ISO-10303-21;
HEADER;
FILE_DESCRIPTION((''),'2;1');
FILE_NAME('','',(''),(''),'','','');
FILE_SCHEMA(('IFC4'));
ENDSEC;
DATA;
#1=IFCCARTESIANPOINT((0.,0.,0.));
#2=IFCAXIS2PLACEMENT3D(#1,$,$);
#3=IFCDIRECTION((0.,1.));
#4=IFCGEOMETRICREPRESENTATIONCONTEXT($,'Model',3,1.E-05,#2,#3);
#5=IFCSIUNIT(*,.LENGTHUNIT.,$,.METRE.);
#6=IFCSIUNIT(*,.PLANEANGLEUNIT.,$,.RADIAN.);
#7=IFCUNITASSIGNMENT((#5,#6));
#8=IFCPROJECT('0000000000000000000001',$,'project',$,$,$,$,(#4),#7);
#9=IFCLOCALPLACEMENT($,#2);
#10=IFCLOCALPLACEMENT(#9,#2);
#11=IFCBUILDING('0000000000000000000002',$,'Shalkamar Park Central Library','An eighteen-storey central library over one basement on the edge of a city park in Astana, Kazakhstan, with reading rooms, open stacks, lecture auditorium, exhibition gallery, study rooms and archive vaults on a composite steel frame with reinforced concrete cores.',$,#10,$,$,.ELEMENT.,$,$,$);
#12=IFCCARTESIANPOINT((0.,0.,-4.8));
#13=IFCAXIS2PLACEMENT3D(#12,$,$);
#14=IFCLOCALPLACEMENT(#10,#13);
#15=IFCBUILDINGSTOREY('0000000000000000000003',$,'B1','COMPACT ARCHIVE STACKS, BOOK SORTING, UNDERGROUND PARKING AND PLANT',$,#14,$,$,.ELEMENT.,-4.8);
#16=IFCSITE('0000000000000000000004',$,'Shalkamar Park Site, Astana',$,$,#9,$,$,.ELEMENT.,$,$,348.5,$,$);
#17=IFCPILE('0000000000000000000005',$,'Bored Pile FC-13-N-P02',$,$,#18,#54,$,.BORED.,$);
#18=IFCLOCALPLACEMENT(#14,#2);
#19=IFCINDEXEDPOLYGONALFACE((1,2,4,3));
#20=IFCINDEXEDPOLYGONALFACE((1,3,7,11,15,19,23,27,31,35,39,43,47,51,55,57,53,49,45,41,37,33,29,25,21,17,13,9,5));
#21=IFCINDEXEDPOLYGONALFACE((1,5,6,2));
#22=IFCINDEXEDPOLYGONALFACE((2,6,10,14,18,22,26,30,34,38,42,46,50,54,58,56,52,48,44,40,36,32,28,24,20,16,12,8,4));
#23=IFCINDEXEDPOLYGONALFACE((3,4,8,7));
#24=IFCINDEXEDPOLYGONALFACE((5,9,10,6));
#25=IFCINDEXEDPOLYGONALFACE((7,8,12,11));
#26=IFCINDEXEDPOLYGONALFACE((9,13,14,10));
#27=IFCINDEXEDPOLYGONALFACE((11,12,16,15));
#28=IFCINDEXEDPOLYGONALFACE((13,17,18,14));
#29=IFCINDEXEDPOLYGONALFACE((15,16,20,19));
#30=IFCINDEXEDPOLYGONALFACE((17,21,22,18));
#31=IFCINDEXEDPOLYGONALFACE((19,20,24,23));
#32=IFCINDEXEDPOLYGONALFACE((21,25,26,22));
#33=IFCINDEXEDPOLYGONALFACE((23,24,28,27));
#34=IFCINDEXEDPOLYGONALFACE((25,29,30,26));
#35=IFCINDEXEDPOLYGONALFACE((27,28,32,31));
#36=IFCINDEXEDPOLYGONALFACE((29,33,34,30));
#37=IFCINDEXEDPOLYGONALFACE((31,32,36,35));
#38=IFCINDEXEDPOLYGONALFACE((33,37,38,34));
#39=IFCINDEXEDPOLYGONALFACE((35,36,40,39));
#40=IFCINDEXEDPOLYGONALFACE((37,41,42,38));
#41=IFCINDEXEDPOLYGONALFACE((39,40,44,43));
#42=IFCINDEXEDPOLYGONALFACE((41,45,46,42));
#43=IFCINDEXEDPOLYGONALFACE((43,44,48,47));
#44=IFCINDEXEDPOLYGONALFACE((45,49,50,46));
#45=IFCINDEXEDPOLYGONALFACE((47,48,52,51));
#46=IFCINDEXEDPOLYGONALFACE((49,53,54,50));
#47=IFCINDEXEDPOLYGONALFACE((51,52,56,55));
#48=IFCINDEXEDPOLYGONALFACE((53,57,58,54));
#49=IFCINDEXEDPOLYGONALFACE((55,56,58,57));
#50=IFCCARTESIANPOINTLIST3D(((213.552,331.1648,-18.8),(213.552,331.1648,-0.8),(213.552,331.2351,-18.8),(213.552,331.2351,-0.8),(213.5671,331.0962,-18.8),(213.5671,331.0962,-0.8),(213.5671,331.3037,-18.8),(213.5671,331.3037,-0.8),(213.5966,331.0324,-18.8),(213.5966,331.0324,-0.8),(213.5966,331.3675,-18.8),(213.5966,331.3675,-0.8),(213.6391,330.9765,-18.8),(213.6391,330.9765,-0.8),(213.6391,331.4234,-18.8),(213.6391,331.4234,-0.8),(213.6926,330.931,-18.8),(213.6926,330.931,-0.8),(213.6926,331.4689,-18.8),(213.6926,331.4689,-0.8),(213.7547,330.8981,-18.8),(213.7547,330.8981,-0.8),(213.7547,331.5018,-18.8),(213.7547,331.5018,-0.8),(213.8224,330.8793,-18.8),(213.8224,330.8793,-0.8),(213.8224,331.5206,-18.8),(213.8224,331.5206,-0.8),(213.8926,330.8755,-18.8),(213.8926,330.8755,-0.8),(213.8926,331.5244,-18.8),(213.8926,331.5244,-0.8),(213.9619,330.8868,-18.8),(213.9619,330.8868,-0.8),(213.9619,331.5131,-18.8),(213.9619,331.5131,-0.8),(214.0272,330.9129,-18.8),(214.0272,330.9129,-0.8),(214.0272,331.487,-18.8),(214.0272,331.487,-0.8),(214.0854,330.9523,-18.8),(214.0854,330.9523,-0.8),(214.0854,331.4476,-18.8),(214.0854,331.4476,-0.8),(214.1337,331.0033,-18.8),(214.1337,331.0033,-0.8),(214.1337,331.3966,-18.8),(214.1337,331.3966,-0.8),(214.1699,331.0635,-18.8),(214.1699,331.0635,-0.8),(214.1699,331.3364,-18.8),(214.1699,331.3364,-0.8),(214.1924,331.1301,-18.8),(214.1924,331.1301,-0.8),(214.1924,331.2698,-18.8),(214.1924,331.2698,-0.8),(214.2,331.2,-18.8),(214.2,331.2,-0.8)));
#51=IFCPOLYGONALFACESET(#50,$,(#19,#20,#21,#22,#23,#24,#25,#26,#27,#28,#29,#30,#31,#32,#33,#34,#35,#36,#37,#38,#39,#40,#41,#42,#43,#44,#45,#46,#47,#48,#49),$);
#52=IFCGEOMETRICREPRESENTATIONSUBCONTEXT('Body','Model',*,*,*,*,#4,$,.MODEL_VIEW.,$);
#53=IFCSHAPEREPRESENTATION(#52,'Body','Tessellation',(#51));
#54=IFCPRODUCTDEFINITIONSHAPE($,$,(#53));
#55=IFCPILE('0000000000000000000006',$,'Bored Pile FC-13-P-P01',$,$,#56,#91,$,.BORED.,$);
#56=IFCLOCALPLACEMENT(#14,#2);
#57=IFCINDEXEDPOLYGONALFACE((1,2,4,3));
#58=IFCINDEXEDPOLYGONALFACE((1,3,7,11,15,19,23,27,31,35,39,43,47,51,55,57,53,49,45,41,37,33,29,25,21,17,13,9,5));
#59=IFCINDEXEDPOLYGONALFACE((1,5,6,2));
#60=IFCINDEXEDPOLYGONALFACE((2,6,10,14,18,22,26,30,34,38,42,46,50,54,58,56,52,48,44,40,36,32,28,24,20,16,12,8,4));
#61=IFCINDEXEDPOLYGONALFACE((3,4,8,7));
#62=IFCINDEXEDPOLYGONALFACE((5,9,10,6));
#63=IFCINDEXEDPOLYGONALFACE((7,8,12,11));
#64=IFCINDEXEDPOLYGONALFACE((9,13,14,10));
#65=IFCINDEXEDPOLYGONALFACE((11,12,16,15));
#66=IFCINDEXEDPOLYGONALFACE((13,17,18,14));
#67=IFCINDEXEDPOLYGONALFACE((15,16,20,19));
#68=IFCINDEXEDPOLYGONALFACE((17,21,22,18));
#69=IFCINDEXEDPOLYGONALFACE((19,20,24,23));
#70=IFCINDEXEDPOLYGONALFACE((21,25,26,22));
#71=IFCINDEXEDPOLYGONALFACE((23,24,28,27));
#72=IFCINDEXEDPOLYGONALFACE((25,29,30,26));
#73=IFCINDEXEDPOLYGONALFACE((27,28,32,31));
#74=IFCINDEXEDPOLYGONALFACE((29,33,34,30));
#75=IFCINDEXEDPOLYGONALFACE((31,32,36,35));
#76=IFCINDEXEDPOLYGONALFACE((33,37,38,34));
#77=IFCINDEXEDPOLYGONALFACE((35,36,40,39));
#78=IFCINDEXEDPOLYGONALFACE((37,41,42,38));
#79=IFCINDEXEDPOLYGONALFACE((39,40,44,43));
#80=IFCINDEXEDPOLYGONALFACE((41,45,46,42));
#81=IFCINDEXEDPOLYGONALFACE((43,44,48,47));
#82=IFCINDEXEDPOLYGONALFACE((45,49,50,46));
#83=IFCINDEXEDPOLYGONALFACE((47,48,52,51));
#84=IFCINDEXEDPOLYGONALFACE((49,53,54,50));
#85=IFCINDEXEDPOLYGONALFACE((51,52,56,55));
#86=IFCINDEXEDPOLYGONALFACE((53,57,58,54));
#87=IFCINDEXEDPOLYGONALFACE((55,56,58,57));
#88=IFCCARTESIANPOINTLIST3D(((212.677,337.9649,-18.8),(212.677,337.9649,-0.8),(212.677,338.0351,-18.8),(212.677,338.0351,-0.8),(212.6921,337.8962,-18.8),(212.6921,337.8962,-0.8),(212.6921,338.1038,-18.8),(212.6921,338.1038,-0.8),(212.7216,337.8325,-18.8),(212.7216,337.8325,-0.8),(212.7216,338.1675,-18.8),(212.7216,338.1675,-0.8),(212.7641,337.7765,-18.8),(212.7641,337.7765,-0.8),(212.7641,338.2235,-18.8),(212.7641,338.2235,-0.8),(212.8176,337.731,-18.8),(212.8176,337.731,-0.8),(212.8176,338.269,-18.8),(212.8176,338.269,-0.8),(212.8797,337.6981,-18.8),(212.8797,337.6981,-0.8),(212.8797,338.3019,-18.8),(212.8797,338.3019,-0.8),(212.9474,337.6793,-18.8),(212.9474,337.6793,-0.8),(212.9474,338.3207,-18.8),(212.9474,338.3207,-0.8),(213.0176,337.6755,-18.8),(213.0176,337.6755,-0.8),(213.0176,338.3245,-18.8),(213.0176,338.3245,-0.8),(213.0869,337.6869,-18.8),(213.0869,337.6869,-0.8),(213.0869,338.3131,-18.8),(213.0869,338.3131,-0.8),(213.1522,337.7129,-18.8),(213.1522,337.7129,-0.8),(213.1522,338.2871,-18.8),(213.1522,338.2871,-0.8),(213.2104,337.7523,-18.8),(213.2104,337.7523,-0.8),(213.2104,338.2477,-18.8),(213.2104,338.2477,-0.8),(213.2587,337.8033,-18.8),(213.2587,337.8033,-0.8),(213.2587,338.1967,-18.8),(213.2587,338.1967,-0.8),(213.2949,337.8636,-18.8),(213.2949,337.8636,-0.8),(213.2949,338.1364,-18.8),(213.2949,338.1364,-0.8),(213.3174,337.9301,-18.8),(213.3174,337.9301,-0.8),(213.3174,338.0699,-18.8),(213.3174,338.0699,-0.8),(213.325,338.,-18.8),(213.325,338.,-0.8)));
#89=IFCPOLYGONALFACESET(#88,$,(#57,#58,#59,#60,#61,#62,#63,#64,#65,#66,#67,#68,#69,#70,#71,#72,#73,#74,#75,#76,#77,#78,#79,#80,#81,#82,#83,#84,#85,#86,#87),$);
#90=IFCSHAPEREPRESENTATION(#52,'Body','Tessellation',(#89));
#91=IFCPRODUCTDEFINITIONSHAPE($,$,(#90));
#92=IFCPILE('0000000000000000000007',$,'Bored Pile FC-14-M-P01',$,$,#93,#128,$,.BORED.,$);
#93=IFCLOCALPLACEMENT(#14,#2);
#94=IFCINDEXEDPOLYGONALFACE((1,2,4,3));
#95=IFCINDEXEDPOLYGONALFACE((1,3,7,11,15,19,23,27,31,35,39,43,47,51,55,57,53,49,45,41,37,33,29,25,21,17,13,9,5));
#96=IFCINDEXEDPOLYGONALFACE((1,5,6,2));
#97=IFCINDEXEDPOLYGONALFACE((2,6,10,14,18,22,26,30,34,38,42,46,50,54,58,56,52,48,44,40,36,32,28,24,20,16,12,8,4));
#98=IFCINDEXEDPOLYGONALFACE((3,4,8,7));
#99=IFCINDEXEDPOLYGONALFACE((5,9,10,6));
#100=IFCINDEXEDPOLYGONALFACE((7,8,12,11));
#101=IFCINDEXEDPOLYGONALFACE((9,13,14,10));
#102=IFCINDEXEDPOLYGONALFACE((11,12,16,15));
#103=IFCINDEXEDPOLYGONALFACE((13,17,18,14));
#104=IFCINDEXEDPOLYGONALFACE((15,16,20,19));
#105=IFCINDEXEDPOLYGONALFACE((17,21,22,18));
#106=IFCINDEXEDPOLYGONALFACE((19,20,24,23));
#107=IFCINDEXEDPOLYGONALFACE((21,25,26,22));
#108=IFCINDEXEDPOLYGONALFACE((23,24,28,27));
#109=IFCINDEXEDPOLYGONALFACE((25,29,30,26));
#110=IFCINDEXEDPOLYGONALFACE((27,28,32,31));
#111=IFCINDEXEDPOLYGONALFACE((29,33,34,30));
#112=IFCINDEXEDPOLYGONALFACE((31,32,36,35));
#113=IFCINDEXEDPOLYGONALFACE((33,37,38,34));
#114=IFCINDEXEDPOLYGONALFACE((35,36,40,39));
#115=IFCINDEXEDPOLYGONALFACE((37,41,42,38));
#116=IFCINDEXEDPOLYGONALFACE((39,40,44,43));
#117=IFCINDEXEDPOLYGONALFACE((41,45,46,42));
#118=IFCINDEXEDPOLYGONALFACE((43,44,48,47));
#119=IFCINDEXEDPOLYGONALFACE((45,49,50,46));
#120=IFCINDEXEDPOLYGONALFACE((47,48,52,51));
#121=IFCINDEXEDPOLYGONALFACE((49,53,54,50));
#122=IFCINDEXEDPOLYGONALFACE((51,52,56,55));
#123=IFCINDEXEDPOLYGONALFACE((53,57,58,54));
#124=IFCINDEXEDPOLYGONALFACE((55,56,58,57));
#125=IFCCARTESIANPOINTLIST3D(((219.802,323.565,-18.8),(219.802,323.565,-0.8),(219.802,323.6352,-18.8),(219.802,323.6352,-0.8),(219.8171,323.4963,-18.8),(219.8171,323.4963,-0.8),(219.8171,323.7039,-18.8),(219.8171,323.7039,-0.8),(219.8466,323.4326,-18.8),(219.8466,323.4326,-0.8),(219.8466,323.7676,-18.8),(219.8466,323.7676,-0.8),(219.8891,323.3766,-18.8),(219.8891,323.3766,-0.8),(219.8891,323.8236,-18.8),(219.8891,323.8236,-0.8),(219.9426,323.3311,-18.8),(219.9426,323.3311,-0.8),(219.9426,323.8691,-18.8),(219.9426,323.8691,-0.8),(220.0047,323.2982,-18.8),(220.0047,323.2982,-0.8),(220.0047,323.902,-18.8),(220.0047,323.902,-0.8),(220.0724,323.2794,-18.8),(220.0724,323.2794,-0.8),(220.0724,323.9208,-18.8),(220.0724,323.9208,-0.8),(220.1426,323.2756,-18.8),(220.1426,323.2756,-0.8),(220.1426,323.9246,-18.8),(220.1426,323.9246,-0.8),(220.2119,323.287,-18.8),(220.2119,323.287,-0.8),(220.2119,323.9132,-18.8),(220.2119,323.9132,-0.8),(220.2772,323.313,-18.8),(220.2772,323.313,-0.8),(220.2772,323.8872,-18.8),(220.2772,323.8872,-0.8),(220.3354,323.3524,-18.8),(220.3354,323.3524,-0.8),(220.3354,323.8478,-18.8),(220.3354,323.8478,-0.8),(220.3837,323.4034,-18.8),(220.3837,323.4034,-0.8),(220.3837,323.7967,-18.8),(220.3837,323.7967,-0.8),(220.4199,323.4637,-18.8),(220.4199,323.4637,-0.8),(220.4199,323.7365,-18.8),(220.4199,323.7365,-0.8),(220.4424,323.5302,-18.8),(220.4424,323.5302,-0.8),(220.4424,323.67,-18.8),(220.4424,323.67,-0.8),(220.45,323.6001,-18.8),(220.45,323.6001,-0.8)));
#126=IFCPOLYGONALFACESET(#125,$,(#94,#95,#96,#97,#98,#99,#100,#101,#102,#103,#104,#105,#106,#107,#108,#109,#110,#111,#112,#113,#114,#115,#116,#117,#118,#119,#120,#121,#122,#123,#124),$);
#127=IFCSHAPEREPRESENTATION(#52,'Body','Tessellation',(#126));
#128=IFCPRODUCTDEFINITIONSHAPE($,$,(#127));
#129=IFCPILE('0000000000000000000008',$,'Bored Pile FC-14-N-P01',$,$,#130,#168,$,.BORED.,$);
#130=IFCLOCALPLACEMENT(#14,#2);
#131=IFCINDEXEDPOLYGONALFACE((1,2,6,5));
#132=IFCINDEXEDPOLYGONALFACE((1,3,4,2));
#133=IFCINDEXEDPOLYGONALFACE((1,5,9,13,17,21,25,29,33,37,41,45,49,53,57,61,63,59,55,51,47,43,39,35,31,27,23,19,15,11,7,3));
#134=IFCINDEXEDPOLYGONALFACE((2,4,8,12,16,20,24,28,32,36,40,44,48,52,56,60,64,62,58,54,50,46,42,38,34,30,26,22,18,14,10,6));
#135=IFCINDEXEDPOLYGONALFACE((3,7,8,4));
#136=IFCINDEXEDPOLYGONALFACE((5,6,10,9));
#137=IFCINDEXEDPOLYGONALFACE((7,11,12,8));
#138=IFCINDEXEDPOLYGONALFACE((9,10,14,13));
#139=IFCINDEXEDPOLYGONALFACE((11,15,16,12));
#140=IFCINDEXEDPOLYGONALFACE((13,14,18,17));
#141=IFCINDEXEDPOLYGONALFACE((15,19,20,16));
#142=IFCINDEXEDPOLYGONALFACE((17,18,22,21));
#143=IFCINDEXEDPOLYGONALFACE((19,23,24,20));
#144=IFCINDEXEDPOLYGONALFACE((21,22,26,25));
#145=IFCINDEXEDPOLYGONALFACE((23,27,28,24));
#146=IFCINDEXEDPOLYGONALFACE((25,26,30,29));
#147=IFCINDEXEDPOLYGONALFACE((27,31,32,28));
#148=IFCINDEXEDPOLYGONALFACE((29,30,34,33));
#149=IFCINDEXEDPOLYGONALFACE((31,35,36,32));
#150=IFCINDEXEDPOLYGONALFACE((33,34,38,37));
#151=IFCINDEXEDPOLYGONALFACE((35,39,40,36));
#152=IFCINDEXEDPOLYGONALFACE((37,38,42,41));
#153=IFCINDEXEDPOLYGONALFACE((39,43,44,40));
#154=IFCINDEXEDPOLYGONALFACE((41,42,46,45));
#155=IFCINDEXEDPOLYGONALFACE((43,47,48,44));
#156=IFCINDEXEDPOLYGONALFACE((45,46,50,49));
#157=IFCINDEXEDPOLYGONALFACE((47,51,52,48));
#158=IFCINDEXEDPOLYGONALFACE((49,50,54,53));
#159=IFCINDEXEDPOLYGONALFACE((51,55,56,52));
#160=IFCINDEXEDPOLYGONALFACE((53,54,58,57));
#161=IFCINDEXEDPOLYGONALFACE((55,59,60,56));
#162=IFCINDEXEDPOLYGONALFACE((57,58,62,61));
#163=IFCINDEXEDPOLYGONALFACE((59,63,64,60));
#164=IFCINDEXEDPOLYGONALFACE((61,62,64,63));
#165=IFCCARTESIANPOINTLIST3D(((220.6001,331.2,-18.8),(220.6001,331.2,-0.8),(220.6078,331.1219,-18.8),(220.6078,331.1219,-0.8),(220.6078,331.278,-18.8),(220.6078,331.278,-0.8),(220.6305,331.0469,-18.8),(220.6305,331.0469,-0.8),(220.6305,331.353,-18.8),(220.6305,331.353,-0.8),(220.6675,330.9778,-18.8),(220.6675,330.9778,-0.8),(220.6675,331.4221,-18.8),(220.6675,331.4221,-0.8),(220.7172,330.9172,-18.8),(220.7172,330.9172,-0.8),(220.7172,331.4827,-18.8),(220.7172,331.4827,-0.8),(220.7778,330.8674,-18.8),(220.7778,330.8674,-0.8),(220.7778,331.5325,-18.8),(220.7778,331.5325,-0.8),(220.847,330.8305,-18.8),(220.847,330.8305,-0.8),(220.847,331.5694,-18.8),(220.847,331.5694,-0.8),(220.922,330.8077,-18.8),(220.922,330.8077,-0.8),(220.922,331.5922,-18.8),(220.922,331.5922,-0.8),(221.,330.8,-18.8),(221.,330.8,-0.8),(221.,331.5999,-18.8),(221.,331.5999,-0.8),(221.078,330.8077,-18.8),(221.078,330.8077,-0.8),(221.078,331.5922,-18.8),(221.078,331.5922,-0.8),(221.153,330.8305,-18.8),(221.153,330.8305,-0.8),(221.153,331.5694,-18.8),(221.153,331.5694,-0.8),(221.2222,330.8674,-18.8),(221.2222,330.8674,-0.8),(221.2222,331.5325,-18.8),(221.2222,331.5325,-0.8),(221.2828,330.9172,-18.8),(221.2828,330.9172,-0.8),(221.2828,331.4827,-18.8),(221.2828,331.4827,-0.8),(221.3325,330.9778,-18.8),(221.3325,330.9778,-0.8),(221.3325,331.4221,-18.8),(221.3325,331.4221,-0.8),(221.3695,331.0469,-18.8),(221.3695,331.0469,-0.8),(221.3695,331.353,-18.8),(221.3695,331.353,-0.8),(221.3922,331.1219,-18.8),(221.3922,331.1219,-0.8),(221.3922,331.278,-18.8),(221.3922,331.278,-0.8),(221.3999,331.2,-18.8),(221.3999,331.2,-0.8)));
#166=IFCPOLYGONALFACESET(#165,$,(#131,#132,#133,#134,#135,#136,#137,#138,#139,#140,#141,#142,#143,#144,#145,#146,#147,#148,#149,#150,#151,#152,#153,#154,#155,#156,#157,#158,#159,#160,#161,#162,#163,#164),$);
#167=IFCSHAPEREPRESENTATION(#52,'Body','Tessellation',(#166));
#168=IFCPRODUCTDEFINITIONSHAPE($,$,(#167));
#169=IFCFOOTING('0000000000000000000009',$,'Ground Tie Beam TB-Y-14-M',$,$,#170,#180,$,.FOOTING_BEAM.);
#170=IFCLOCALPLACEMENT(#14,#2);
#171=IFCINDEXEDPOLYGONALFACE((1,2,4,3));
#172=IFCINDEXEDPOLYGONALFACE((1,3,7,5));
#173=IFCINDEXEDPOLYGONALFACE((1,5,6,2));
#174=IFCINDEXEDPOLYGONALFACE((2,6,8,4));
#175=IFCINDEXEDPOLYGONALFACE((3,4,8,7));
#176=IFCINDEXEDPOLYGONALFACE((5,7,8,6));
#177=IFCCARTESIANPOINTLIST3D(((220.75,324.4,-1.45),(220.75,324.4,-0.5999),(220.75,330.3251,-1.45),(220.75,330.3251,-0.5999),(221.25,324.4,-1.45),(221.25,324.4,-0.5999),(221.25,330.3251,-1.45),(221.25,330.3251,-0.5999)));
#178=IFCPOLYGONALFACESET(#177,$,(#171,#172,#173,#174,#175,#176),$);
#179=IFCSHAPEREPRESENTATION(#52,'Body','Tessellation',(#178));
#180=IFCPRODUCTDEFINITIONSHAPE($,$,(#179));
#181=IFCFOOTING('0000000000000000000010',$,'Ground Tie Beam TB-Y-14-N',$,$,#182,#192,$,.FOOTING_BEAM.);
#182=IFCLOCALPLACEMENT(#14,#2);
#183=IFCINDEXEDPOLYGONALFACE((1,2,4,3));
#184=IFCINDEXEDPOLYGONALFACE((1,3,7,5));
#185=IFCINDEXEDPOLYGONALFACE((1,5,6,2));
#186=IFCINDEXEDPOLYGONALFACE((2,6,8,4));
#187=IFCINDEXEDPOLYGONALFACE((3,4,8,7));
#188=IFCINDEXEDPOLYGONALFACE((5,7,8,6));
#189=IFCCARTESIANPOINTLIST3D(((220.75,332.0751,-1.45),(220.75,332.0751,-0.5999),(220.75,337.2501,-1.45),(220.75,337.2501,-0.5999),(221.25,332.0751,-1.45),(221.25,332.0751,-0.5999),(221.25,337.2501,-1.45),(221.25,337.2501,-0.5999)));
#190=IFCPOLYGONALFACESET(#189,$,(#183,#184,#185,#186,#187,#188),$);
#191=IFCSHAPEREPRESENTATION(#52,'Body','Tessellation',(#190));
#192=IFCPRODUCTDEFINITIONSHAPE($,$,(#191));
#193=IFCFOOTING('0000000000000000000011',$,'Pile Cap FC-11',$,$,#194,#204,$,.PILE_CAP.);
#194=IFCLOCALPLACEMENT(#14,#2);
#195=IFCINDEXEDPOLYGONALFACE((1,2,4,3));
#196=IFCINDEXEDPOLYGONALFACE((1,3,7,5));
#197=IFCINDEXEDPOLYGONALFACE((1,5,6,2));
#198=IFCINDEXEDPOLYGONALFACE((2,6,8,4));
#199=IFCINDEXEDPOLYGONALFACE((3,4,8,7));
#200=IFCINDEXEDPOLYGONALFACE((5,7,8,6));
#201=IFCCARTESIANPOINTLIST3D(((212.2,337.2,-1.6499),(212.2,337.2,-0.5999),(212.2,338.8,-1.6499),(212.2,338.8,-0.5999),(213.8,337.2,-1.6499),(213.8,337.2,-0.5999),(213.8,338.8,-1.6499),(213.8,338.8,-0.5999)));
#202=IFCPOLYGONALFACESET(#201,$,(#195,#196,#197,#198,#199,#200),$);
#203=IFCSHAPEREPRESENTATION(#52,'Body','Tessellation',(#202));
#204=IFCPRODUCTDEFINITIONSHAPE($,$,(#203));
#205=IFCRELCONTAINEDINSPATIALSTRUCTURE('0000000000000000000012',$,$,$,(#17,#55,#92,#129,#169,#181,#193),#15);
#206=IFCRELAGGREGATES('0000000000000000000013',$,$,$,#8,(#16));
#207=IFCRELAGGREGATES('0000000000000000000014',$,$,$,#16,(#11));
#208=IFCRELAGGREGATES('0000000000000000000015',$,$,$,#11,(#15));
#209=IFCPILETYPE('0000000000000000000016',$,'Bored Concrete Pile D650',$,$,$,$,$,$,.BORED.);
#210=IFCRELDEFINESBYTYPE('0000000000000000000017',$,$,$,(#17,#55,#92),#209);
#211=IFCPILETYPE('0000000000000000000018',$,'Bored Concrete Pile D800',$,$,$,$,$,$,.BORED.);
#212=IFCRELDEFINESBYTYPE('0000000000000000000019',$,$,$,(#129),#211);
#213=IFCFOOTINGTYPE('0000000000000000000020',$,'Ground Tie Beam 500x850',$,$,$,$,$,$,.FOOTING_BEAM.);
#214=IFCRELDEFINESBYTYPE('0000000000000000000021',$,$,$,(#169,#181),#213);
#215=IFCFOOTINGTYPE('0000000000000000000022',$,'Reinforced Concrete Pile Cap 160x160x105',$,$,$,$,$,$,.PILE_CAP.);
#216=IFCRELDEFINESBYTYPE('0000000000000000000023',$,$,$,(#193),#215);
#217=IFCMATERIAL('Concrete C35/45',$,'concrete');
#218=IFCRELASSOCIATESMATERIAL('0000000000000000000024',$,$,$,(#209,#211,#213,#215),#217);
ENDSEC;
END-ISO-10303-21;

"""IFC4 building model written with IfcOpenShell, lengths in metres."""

from ifc_helpers import new_model, si_unit, direction, frame, origin, origin_2d, place, context, subcontext, project, spatial, rectangle, circle, extrude, material, material_profile, profile_set, type_object, element, save


model = new_model("IFC4")

# Units and contexts
model_context = context("Model", 3, precision=1e-05, world=origin(), true_north=direction((0.0, 1.0)))
body_context = subcontext(model_context, "Body", "Model", "MODEL_VIEW")
ifc_project = project(units=[si_unit("LENGTHUNIT", "METRE"), si_unit("PLANEANGLEUNIT", "RADIAN")], contexts=[model_context])

# Site, building, storey
site_placement = place(None, origin())
site = spatial("IfcSite", under=ifc_project, at=site_placement, Name="Shalkamar Park Site, Astana", CompositionType="ELEMENT", RefElevation=348.5)
building_placement = place(site_placement, origin())
building = spatial("IfcBuilding", under=site, at=building_placement, Name="Shalkamar Park Central Library", Description="An eighteen-storey central library over one basement on the edge of a city park in Astana, Kazakhstan, with reading rooms, open stacks, lecture auditorium, exhibition gallery, study rooms and archive vaults on a composite steel frame with reinforced concrete cores.", CompositionType="ELEMENT")
storey_placement = place(building_placement, frame((0.0, 0.0, -4.8)))
storey = spatial("IfcBuildingStorey", under=building, at=storey_placement, Name="B1", Description="COMPACT ARCHIVE STACKS, BOOK SORTING, UNDERGROUND PARKING AND PLANT", CompositionType="ELEMENT", Elevation=-4.8)

# Piles
ifc_material_1 = material(Name="Concrete C35/45", Category="concrete")
ifc_material_profile_1 = material_profile(ifc_material_1, circle(Radius=0.325, at=origin_2d()), Name="PILE D650")
ifc_profile_set_1 = profile_set([ifc_material_profile_1], Name="Concrete C35/45")
pile_type_1 = type_object("IfcPileType", Name="Bored Concrete Pile D650", PredefinedType="BORED", material=ifc_profile_set_1)
for number, where, z_axis, x_axis, name in (
    (1, (213.875, 331.2, -0.8), (0.0, 0.0, -1.0), (1.0, 0.0, 0.0), "Bored Pile FC-13-N-P02"),
    (2, (213.0, 338.0, -0.8), (0.0, 0.0, -1.0), (1.0, 0.0, 0.0), "Bored Pile FC-13-P-P01"),
    (3, (220.125, 323.6001, -0.8), (0.0, 0.0, -1.0), (1.0, 0.0, 0.0), "Bored Pile FC-14-M-P01"),
):
    element("IfcPile", number, at=place(storey_placement, frame(where, z_axis=z_axis, x_axis=x_axis)), inside=storey, type_object=pile_type_1, Name=name, PredefinedType="BORED", context=body_context, shape_type="SweptSolid", body=[
        extrude(circle(Radius=0.325, at=origin_2d()), origin(), (0.0, 0.0, 1.0), 18.0),
    ])
ifc_material_profile_2 = material_profile(ifc_material_1, circle(Radius=0.3999, at=origin_2d()), Name="PILE D800")
ifc_profile_set_2 = profile_set([ifc_material_profile_2], Name="Concrete C35/45")
pile_type_2 = type_object("IfcPileType", Name="Bored Concrete Pile D800", PredefinedType="BORED", material=ifc_profile_set_2)
pile_placement = place(storey_placement, frame((221.0, 331.2, -0.8), z_axis=(0.0, 0.0, -1.0), x_axis=(1.0, 0.0, 0.0)))
element("IfcPile", 4, at=pile_placement, inside=storey, type_object=pile_type_2, Name="Bored Pile FC-14-N-P01", PredefinedType="BORED", context=body_context, shape_type="SweptSolid", body=[
    extrude(circle(Radius=0.3999, at=origin_2d()), origin(), (0.0, 0.0, 1.0), 18.0),
])

# Footings
footing_type_1 = type_object("IfcFootingType", Name="Ground Tie Beam 500x850", PredefinedType="FOOTING_BEAM", material=ifc_material_1)
footing_1_placement = place(storey_placement, frame((221.0, 327.3625, -1.45), z_axis=(0.0, 0.0, 1.0), x_axis=(0.0, 1.0, 0.0)))
element("IfcFooting", 5, at=footing_1_placement, inside=storey, type_object=footing_type_1, Name="Ground Tie Beam TB-Y-14-M", PredefinedType="FOOTING_BEAM", context=body_context, shape_type="SweptSolid", body=[
    extrude(rectangle(XDim=5.925, YDim=0.5, at=origin_2d()), origin(), (0.0, 0.0, 1.0), 0.8501),
])
footing_2_placement = place(storey_placement, frame((221.0, 334.6626, -1.45), z_axis=(0.0, 0.0, 1.0), x_axis=(0.0, 1.0, 0.0)))
element("IfcFooting", 6, at=footing_2_placement, inside=storey, type_object=footing_type_1, Name="Ground Tie Beam TB-Y-14-N", PredefinedType="FOOTING_BEAM", context=body_context, shape_type="SweptSolid", body=[
    extrude(rectangle(XDim=5.175, YDim=0.5, at=origin_2d()), origin(), (0.0, 0.0, 1.0), 0.8501),
])
footing_type_2 = type_object("IfcFootingType", Name="Reinforced Concrete Pile Cap 160x160x105", PredefinedType="PILE_CAP", material=ifc_material_1)
footing_3_placement = place(storey_placement, frame((213.0, 338.0, -1.6499), z_axis=(0.0, 0.0, 1.0), x_axis=(1.0, 0.0, 0.0)))
element("IfcFooting", 7, at=footing_3_placement, inside=storey, type_object=footing_type_2, Name="Pile Cap FC-11", PredefinedType="PILE_CAP", context=body_context, shape_type="SweptSolid", body=[
    extrude(rectangle(XDim=1.6001, YDim=1.6001, at=origin_2d()), origin(), (0.0, 0.0, 1.0), 1.05),
])

save(model, "model.ifc")
